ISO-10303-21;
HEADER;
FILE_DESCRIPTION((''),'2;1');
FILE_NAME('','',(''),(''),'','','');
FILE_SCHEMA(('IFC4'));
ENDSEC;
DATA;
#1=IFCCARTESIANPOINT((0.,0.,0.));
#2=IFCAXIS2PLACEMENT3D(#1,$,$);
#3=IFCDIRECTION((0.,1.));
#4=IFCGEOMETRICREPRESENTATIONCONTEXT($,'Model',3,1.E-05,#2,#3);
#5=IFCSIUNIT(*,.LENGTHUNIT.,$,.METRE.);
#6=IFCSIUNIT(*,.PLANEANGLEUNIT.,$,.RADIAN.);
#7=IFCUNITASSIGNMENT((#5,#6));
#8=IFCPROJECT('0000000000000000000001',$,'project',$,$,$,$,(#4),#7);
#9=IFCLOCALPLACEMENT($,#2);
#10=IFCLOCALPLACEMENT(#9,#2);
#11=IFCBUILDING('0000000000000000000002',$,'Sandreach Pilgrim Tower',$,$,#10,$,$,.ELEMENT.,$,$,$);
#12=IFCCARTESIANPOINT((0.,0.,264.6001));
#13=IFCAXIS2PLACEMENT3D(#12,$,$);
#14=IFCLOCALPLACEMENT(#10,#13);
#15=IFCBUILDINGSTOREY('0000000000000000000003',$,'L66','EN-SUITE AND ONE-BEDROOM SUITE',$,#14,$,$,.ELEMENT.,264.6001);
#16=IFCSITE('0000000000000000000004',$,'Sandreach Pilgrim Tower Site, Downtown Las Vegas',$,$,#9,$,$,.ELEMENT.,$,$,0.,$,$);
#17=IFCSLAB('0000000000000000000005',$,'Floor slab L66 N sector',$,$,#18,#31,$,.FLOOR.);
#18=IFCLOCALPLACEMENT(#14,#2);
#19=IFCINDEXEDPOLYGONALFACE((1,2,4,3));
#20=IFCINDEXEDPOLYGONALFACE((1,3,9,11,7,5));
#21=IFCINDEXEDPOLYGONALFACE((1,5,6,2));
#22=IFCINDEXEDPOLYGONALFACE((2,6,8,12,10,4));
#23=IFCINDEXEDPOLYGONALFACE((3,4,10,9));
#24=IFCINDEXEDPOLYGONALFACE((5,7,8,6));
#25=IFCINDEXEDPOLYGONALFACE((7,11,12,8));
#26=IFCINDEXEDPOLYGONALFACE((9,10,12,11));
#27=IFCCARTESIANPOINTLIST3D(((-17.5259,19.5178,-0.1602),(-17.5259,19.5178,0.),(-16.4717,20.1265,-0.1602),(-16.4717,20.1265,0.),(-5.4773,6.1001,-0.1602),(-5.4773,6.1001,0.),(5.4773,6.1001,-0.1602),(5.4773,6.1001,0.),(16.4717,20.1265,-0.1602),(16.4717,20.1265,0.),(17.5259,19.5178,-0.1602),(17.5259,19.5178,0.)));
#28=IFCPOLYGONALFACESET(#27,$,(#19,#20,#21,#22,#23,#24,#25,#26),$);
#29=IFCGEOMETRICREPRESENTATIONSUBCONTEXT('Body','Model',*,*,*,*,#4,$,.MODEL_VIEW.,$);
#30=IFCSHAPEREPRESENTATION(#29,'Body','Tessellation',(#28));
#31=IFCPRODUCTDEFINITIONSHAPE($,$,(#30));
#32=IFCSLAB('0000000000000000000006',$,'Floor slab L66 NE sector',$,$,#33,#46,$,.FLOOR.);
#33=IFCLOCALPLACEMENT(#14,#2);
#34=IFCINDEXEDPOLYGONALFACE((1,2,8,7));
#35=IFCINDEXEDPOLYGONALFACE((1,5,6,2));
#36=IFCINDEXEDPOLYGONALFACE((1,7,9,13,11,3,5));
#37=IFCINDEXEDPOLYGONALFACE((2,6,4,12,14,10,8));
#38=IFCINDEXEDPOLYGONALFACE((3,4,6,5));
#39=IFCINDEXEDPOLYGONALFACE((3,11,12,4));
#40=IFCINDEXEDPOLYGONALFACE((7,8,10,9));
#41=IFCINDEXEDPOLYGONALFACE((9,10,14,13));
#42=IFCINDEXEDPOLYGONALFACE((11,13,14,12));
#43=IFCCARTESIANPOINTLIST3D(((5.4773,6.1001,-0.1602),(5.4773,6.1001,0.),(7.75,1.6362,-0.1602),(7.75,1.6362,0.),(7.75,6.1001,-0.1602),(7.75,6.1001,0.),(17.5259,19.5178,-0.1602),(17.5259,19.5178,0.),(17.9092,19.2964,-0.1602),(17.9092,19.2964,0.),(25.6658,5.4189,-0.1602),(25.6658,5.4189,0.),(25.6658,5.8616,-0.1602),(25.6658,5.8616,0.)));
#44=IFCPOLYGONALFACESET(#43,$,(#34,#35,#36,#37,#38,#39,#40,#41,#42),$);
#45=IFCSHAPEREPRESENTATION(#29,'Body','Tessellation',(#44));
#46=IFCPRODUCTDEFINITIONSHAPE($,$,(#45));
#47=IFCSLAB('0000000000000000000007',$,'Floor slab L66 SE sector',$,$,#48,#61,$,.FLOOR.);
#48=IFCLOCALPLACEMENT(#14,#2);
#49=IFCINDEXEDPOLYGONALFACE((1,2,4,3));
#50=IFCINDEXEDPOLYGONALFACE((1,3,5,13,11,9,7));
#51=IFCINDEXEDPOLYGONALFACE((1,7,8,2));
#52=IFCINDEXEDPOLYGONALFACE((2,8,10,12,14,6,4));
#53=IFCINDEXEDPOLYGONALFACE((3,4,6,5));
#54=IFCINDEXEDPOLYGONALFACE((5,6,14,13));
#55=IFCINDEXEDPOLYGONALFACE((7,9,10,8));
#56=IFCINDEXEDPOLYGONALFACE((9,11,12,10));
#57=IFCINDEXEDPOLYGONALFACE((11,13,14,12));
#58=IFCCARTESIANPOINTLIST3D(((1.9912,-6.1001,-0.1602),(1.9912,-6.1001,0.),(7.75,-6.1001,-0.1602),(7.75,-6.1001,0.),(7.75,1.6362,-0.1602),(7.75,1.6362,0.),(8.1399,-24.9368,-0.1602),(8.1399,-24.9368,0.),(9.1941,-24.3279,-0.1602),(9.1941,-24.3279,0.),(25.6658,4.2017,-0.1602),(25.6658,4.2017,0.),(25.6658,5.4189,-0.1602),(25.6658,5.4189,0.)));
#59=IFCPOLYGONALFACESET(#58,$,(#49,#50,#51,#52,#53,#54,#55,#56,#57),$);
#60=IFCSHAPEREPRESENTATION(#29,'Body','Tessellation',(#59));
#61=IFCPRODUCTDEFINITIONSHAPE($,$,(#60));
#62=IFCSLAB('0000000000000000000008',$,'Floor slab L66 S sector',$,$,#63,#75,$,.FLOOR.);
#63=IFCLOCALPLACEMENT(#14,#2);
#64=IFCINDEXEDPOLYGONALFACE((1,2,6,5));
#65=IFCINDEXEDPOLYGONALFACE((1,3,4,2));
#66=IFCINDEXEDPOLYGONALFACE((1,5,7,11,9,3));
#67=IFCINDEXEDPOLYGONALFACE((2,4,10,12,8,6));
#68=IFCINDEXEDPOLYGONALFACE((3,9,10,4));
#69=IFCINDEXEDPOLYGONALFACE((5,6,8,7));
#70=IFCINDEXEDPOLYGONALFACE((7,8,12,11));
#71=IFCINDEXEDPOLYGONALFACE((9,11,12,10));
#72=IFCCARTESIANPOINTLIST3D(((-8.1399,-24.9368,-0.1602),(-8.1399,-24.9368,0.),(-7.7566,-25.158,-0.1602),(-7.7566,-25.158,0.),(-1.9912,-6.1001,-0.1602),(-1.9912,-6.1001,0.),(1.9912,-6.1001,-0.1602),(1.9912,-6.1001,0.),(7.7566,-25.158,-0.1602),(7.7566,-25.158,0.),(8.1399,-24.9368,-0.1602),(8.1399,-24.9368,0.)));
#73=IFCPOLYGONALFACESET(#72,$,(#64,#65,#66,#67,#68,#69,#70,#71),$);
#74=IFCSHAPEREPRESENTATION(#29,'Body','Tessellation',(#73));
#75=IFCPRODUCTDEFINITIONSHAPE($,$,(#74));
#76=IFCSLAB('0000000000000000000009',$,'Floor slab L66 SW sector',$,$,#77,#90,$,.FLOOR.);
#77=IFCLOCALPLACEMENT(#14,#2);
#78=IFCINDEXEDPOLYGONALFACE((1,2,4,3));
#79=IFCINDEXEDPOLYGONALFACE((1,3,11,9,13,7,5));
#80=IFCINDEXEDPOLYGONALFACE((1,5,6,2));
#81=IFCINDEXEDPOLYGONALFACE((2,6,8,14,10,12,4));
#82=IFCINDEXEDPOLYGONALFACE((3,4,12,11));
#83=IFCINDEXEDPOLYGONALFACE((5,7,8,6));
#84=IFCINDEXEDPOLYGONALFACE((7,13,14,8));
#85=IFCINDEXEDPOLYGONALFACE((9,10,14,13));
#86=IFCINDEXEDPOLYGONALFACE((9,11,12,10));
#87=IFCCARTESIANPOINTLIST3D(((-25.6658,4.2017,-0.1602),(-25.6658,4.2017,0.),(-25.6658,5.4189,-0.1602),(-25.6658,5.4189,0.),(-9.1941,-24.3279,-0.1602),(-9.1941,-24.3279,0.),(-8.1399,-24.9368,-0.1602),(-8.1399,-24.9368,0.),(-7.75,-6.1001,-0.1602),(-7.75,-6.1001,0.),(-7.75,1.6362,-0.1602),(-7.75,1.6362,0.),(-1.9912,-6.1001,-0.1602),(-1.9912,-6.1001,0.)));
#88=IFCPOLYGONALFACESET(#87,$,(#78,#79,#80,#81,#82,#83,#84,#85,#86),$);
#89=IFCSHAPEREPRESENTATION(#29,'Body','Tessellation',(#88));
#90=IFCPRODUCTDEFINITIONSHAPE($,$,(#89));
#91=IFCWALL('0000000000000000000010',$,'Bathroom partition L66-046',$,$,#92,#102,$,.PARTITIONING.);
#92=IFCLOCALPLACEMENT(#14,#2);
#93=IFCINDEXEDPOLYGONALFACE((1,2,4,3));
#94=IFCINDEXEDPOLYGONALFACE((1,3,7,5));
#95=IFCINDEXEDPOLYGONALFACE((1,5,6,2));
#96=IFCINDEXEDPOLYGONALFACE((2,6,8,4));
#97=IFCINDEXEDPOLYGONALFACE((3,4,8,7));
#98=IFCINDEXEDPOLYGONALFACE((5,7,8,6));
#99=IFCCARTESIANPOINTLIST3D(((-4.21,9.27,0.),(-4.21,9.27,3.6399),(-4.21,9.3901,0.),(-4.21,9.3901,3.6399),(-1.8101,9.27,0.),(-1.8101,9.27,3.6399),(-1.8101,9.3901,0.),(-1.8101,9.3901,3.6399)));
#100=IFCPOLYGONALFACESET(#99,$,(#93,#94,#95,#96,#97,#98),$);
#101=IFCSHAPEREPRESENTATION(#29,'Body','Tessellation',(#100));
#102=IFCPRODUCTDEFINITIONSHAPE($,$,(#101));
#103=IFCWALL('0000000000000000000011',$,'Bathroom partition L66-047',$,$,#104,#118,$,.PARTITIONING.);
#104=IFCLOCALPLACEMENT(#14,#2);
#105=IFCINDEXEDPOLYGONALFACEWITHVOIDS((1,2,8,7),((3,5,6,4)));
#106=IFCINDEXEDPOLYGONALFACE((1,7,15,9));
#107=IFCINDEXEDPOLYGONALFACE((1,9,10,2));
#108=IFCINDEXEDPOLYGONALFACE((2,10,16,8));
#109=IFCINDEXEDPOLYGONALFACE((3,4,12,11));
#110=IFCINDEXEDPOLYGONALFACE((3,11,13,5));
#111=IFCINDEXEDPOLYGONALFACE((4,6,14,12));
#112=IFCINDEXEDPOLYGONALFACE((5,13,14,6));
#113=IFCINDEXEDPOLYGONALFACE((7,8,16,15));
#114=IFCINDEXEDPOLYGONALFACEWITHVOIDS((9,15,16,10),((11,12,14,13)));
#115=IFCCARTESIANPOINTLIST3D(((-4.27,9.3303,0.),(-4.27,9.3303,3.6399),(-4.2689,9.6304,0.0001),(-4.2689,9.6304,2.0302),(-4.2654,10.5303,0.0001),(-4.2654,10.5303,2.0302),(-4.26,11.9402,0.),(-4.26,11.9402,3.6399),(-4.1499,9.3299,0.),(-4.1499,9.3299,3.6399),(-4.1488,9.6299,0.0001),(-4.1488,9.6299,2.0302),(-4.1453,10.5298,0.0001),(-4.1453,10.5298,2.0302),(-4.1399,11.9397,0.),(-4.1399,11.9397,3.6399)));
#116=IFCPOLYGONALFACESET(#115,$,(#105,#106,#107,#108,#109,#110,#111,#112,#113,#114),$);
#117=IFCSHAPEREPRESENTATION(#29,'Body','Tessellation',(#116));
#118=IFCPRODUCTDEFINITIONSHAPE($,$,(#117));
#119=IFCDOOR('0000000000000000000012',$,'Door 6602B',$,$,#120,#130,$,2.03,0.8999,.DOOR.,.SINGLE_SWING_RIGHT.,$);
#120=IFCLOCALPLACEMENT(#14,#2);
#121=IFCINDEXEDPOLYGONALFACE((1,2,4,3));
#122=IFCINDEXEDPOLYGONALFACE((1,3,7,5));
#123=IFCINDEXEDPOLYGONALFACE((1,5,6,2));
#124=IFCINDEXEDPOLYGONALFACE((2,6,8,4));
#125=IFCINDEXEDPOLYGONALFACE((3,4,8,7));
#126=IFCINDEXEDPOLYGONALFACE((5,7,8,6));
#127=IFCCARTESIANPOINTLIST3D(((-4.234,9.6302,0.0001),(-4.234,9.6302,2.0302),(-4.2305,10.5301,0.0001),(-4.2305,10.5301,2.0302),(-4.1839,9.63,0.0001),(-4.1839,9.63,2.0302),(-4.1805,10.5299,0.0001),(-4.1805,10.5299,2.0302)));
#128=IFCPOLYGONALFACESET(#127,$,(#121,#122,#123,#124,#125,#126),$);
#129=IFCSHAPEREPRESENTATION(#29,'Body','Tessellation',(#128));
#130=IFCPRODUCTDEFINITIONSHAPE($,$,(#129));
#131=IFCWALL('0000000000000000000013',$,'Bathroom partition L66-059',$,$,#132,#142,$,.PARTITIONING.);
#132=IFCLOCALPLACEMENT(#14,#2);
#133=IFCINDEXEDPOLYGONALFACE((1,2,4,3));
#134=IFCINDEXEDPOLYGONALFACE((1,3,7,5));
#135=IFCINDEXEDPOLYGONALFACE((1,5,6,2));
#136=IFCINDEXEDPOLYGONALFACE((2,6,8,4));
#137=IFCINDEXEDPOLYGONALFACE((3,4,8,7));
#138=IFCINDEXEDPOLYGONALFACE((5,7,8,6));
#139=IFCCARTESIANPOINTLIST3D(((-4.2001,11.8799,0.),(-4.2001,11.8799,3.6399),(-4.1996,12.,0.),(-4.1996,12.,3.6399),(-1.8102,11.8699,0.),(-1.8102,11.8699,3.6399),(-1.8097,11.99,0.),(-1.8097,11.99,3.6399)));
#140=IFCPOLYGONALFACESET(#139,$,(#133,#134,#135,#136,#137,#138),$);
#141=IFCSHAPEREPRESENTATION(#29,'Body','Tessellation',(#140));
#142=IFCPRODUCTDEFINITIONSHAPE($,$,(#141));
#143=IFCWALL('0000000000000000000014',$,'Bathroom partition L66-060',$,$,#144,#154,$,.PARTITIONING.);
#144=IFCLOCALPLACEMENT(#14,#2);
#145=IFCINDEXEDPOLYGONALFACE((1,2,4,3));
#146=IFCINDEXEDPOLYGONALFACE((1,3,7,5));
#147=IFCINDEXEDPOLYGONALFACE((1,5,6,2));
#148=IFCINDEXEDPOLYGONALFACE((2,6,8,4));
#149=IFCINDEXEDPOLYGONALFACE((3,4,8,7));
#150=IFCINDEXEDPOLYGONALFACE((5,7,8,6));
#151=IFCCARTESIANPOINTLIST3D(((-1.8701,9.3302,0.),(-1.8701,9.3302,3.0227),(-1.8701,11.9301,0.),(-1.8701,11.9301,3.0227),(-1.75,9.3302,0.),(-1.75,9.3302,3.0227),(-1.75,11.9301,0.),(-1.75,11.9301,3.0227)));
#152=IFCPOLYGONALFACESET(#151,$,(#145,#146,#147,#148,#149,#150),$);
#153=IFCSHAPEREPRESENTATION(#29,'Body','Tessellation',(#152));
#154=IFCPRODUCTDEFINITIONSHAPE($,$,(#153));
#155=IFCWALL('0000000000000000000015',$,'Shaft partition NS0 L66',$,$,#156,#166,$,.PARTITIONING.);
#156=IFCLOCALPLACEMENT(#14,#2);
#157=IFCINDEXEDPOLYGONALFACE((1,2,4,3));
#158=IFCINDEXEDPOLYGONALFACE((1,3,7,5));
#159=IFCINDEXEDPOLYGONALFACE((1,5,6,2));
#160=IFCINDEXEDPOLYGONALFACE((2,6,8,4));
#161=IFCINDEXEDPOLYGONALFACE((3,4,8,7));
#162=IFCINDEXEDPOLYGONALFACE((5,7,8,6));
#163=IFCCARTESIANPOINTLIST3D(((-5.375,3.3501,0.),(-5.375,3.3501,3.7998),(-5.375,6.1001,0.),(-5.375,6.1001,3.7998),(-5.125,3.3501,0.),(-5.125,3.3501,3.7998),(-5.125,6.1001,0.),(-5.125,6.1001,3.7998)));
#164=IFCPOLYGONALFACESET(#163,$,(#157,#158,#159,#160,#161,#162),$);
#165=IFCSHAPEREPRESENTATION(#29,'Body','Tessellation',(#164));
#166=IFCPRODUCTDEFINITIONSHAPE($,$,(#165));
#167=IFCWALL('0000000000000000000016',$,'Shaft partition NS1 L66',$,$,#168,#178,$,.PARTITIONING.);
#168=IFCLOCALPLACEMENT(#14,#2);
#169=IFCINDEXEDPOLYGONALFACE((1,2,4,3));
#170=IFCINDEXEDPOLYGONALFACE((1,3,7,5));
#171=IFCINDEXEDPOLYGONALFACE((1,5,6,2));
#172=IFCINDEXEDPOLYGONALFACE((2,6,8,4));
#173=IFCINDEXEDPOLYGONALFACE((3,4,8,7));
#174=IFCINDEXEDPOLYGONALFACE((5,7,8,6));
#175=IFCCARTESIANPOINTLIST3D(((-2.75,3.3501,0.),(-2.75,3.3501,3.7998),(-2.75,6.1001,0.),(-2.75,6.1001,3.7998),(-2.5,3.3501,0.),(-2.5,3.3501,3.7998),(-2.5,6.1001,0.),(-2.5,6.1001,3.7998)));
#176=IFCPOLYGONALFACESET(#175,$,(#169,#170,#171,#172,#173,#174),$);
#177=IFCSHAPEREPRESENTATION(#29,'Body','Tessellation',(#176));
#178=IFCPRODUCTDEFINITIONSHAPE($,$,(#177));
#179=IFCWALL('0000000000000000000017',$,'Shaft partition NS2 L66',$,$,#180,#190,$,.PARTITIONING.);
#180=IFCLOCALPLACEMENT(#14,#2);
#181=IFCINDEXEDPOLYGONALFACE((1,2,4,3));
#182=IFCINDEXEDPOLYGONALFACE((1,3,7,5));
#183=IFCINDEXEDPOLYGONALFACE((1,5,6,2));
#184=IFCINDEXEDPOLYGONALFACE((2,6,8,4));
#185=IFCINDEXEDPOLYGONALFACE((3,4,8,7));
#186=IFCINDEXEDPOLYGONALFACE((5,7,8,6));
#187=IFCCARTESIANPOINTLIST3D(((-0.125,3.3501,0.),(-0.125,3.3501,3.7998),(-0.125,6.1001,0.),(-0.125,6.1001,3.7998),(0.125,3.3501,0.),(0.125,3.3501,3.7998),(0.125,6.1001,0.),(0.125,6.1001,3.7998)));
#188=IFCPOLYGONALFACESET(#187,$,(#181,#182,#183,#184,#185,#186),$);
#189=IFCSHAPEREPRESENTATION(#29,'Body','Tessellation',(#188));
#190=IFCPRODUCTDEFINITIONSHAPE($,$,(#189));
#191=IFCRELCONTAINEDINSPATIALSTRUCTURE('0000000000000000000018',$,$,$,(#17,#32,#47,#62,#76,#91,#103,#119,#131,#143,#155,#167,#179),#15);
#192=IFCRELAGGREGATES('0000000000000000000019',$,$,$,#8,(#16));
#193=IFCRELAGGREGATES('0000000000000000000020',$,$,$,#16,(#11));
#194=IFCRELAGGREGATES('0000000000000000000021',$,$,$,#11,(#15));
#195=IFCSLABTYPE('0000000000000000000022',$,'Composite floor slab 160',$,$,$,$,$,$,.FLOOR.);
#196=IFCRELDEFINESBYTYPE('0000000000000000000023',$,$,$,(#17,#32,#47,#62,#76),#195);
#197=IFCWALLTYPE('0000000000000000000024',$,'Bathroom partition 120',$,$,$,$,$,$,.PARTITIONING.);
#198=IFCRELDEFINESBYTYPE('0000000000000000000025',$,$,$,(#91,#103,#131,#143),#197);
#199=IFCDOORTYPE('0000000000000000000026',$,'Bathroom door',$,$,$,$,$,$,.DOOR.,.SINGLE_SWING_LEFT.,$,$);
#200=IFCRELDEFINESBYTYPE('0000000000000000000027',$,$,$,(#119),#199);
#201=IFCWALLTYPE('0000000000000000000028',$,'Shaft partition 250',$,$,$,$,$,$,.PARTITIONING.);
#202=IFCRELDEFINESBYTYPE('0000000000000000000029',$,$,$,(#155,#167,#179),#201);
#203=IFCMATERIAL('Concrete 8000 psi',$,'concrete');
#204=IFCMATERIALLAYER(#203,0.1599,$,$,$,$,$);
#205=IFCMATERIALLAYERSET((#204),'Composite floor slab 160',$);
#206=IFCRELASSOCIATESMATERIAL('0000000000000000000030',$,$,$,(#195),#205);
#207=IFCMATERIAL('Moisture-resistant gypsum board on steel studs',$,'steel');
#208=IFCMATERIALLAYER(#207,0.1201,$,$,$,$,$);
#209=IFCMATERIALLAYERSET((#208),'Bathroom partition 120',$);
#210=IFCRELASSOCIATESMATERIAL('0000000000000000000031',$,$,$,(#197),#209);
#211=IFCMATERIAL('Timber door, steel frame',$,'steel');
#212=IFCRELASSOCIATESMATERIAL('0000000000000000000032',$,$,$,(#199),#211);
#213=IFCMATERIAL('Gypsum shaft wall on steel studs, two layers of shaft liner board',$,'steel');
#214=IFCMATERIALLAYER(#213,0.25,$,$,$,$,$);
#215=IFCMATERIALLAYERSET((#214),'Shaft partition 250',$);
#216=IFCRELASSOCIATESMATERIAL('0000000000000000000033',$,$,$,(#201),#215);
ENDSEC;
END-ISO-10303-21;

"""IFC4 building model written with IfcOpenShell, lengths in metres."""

from ifc_helpers import new_model, si_unit, direction, frame, frame_2d, origin, place, context, subcontext, project, spatial, polyline, rectangle, outline, extrude, material, layer, layer_set, type_object, element, fill, save


model = new_model("IFC4")

# Units and contexts
model_context = context("Model", 3, precision=1e-05, world=origin(), true_north=direction((0.0, 1.0)))
body_context = subcontext(model_context, "Body", "Model", "MODEL_VIEW")
ifc_project = project(units=[si_unit("LENGTHUNIT", "METRE"), si_unit("PLANEANGLEUNIT", "RADIAN")], contexts=[model_context])

# Site, building, storey
site_placement = place(None, origin())
site = spatial("IfcSite", under=ifc_project, at=site_placement, Name="Sandreach Pilgrim Tower Site, Downtown Las Vegas", CompositionType="ELEMENT", RefElevation=0.0)
building_placement = place(site_placement, origin())
building = spatial("IfcBuilding", under=site, at=building_placement, Name="Sandreach Pilgrim Tower", CompositionType="ELEMENT")
storey_placement = place(building_placement, frame((0.0, 0.0, 264.6001)))
storey = spatial("IfcBuildingStorey", under=building, at=storey_placement, Name="L66", Description="EN-SUITE AND ONE-BEDROOM SUITE", CompositionType="ELEMENT", Elevation=264.6001)

# Slabs
ifc_material_1 = material(Name="Concrete 8000 psi", Category="concrete")
ifc_layer_1 = layer(ifc_material_1, 0.1599)
ifc_layer_set_1 = layer_set([ifc_layer_1], Name="Composite floor slab 160")
slab_type = type_object("IfcSlabType", Name="Composite floor slab 160", PredefinedType="FLOOR", material=ifc_layer_set_1)
slab_1_placement = place(storey_placement, frame((0.0, 0.0, -0.1602)))
element("IfcSlab", 1, at=slab_1_placement, inside=storey, type_object=slab_type, Name="Floor slab L66 N sector", PredefinedType="FLOOR", context=body_context, shape_type="SweptSolid", body=[
    extrude(outline(polyline([(-16.4717, 20.1265), (16.4717, 20.1265), (17.5259, 19.5178), (5.4773, 6.1001), (-5.4773, 6.1001), (-17.5259, 19.5178), (-16.4717, 20.1265)])), origin(), (0.0, 0.0, 1.0), 0.1602),
])
slab_2_placement = place(storey_placement, frame((0.0, 0.0, -0.1602)))
element("IfcSlab", 2, at=slab_2_placement, inside=storey, type_object=slab_type, Name="Floor slab L66 NE sector", PredefinedType="FLOOR", context=body_context, shape_type="SweptSolid", body=[
    extrude(outline(polyline([(17.9092, 19.2964), (25.6658, 5.8616), (25.6658, 5.4189), (7.75, 1.6362), (7.75, 6.1001), (5.4773, 6.1001), (17.5259, 19.5178), (17.9092, 19.2964)])), origin(), (0.0, 0.0, 1.0), 0.1602),
])
slab_3_placement = place(storey_placement, frame((0.0, 0.0, -0.1602)))
element("IfcSlab", 3, at=slab_3_placement, inside=storey, type_object=slab_type, Name="Floor slab L66 SE sector", PredefinedType="FLOOR", context=body_context, shape_type="SweptSolid", body=[
    extrude(outline(polyline([(25.6658, 4.2017), (9.1941, -24.3279), (8.1399, -24.9368), (1.9912, -6.1001), (7.75, -6.1001), (7.75, 1.6362), (25.6658, 5.4189), (25.6658, 4.2017)])), origin(), (0.0, 0.0, 1.0), 0.1602),
])
slab_4_placement = place(storey_placement, frame((0.0, 0.0, -0.1602)))
element("IfcSlab", 4, at=slab_4_placement, inside=storey, type_object=slab_type, Name="Floor slab L66 S sector", PredefinedType="FLOOR", context=body_context, shape_type="SweptSolid", body=[
    extrude(outline(polyline([(7.7566, -25.158), (-7.7566, -25.158), (-8.1399, -24.9368), (-1.9912, -6.1001), (1.9912, -6.1001), (8.1399, -24.9368), (7.7566, -25.158)])), origin(), (0.0, 0.0, 1.0), 0.1602),
])
slab_5_placement = place(storey_placement, frame((0.0, 0.0, -0.1602)))
element("IfcSlab", 5, at=slab_5_placement, inside=storey, type_object=slab_type, Name="Floor slab L66 SW sector", PredefinedType="FLOOR", context=body_context, shape_type="SweptSolid", body=[
    extrude(outline(polyline([(-9.1941, -24.3279), (-25.6658, 4.2017), (-25.6658, 5.4189), (-7.75, 1.6362), (-7.75, -6.1001), (-1.9912, -6.1001), (-8.1399, -24.9368), (-9.1941, -24.3279)])), origin(), (0.0, 0.0, 1.0), 0.1602),
])

# Wall
ifc_material_2 = material(Name="Moisture-resistant gypsum board on steel studs", Category="steel")
ifc_layer_2 = layer(ifc_material_2, 0.1201)
ifc_layer_set_2 = layer_set([ifc_layer_2], Name="Bathroom partition 120")
wall_type_1 = type_object("IfcWallType", Name="Bathroom partition 120", PredefinedType="PARTITIONING", material=ifc_layer_set_2)
wall_1_placement = place(storey_placement, frame((-4.21, 9.3301, 0.0), z_axis=(0.0, 0.0, 1.0), x_axis=(1.0, 0.0, 0.0)))
element("IfcWall", 6, at=wall_1_placement, inside=storey, type_object=wall_type_1, Name="Bathroom partition L66-046", PredefinedType="PARTITIONING", context=body_context, shape_type="SweptSolid", body=[
    extrude(rectangle(XDim=2.3999, YDim=0.1201, at=frame_2d((1.2, 0.0))), origin(), (0.0, 0.0, 1.0), 3.6399),
])

# Wall, opening, door
wall_2_placement = place(storey_placement, frame((-4.2, 11.9399, 0.0), z_axis=(0.0, 0.0, 1.0), x_axis=(-0.003835, -0.999993, 0.0)))
wall_2 = element("IfcWall", 7, at=wall_2_placement, inside=storey, type_object=wall_type_1, Name="Bathroom partition L66-047", PredefinedType="PARTITIONING", context=body_context, shape_type="SweptSolid", body=[
    extrude(rectangle(XDim=2.6099, YDim=0.1201, at=frame_2d((1.3049, 0.0))), origin(), (0.0, 0.0, 1.0), 3.6399),
])
opening_1_placement = place(wall_2_placement, frame((1.4099, 0.0, 0.0)))
opening_1 = element("IfcOpeningElement", 8, at=opening_1_placement, cuts=wall_2, PredefinedType="OPENING", context=body_context, shape_type="SweptSolid", body=[
    extrude(rectangle(XDim=0.8999, YDim=2.03, at=frame_2d((0.45, 1.0151))), frame((0.0, 0.0601, 0.0), z_axis=(0.0, -1.0, 0.0), x_axis=(1.0, 0.0, 0.0)), (0.0, 0.0, 1.0), 0.1201),
])
ifc_material_3 = material(Name="Timber door, steel frame", Category="steel")
door_type_1 = type_object("IfcDoorType", Name="Bathroom door", OperationType="SINGLE_SWING_LEFT", PredefinedType="DOOR", material=ifc_material_3)
door_1_placement = place(opening_1_placement, origin())
door_1 = element("IfcDoor", 9, at=door_1_placement, inside=storey, type_object=door_type_1, Name="Door 6602B", OperationType="SINGLE_SWING_RIGHT", OverallHeight=2.03, OverallWidth=0.8999, PredefinedType="DOOR", context=body_context, shape_type="SweptSolid", body=[
    extrude(rectangle(XDim=0.8999, YDim=2.03, at=frame_2d((0.45, 1.0151))), frame((0.0, 0.0249, 0.0), z_axis=(0.0, -1.0, 0.0), x_axis=(1.0, 0.0, 0.0)), (0.0, 0.0, 1.0), 0.05),
])
fill(opening_1, door_1)

# Walls
wall_3_placement = place(storey_placement, frame((-1.8101, 11.9299, 0.0), z_axis=(0.0, 0.0, 1.0), x_axis=(-0.999991, 0.004188, 0.0)))
element("IfcWall", 10, at=wall_3_placement, inside=storey, type_object=wall_type_1, Name="Bathroom partition L66-059", PredefinedType="PARTITIONING", context=body_context, shape_type="SweptSolid", body=[
    extrude(rectangle(XDim=2.3899, YDim=0.1201, at=frame_2d((1.1948, 0.0))), origin(), (0.0, 0.0, 1.0), 3.6399),
])
wall_4_placement = place(storey_placement, frame((-1.8101, 11.9299, 0.0), z_axis=(0.0, 0.0, 1.0), x_axis=(0.0, -1.0, 0.0)))
element("IfcWall", 11, at=wall_4_placement, inside=storey, type_object=wall_type_1, Name="Bathroom partition L66-060", PredefinedType="PARTITIONING", context=body_context, shape_type="SweptSolid", body=[
    extrude(rectangle(XDim=2.5999, YDim=0.1201, at=frame_2d((1.2998, 0.0))), origin(), (0.0, 0.0, 1.0), 3.0227),
])

# Walls
ifc_material_4 = material(Name="Gypsum shaft wall on steel studs, two layers of shaft liner board", Category="steel")
ifc_layer_3 = layer(ifc_material_4, 0.25)
ifc_layer_set_3 = layer_set([ifc_layer_3], Name="Shaft partition 250")
wall_type_2 = type_object("IfcWallType", Name="Shaft partition 250", PredefinedType="PARTITIONING", material=ifc_layer_set_3)
for number, where, z_axis, x_axis, name in (
    (12, (-5.25, 3.3501, 0.0), (0.0, 0.0, 1.0), (0.0, 1.0, 0.0), "Shaft partition NS0 L66"),
    (13, (-2.625, 3.3501, 0.0), (0.0, 0.0, 1.0), (0.0, 1.0, 0.0), "Shaft partition NS1 L66"),
    (14, (0.0, 3.3501, 0.0), (0.0, 0.0, 1.0), (0.0, 1.0, 0.0), "Shaft partition NS2 L66"),
):
    element("IfcWall", number, at=place(storey_placement, frame(where, z_axis=z_axis, x_axis=x_axis)), inside=storey, type_object=wall_type_2, Name=name, PredefinedType="PARTITIONING", context=body_context, shape_type="SweptSolid", body=[
        extrude(rectangle(XDim=2.75, YDim=0.25, at=frame_2d((1.375, 0.0))), origin(), (0.0, 0.0, 1.0), 3.7998),
    ])

save(model, "model.ifc")
